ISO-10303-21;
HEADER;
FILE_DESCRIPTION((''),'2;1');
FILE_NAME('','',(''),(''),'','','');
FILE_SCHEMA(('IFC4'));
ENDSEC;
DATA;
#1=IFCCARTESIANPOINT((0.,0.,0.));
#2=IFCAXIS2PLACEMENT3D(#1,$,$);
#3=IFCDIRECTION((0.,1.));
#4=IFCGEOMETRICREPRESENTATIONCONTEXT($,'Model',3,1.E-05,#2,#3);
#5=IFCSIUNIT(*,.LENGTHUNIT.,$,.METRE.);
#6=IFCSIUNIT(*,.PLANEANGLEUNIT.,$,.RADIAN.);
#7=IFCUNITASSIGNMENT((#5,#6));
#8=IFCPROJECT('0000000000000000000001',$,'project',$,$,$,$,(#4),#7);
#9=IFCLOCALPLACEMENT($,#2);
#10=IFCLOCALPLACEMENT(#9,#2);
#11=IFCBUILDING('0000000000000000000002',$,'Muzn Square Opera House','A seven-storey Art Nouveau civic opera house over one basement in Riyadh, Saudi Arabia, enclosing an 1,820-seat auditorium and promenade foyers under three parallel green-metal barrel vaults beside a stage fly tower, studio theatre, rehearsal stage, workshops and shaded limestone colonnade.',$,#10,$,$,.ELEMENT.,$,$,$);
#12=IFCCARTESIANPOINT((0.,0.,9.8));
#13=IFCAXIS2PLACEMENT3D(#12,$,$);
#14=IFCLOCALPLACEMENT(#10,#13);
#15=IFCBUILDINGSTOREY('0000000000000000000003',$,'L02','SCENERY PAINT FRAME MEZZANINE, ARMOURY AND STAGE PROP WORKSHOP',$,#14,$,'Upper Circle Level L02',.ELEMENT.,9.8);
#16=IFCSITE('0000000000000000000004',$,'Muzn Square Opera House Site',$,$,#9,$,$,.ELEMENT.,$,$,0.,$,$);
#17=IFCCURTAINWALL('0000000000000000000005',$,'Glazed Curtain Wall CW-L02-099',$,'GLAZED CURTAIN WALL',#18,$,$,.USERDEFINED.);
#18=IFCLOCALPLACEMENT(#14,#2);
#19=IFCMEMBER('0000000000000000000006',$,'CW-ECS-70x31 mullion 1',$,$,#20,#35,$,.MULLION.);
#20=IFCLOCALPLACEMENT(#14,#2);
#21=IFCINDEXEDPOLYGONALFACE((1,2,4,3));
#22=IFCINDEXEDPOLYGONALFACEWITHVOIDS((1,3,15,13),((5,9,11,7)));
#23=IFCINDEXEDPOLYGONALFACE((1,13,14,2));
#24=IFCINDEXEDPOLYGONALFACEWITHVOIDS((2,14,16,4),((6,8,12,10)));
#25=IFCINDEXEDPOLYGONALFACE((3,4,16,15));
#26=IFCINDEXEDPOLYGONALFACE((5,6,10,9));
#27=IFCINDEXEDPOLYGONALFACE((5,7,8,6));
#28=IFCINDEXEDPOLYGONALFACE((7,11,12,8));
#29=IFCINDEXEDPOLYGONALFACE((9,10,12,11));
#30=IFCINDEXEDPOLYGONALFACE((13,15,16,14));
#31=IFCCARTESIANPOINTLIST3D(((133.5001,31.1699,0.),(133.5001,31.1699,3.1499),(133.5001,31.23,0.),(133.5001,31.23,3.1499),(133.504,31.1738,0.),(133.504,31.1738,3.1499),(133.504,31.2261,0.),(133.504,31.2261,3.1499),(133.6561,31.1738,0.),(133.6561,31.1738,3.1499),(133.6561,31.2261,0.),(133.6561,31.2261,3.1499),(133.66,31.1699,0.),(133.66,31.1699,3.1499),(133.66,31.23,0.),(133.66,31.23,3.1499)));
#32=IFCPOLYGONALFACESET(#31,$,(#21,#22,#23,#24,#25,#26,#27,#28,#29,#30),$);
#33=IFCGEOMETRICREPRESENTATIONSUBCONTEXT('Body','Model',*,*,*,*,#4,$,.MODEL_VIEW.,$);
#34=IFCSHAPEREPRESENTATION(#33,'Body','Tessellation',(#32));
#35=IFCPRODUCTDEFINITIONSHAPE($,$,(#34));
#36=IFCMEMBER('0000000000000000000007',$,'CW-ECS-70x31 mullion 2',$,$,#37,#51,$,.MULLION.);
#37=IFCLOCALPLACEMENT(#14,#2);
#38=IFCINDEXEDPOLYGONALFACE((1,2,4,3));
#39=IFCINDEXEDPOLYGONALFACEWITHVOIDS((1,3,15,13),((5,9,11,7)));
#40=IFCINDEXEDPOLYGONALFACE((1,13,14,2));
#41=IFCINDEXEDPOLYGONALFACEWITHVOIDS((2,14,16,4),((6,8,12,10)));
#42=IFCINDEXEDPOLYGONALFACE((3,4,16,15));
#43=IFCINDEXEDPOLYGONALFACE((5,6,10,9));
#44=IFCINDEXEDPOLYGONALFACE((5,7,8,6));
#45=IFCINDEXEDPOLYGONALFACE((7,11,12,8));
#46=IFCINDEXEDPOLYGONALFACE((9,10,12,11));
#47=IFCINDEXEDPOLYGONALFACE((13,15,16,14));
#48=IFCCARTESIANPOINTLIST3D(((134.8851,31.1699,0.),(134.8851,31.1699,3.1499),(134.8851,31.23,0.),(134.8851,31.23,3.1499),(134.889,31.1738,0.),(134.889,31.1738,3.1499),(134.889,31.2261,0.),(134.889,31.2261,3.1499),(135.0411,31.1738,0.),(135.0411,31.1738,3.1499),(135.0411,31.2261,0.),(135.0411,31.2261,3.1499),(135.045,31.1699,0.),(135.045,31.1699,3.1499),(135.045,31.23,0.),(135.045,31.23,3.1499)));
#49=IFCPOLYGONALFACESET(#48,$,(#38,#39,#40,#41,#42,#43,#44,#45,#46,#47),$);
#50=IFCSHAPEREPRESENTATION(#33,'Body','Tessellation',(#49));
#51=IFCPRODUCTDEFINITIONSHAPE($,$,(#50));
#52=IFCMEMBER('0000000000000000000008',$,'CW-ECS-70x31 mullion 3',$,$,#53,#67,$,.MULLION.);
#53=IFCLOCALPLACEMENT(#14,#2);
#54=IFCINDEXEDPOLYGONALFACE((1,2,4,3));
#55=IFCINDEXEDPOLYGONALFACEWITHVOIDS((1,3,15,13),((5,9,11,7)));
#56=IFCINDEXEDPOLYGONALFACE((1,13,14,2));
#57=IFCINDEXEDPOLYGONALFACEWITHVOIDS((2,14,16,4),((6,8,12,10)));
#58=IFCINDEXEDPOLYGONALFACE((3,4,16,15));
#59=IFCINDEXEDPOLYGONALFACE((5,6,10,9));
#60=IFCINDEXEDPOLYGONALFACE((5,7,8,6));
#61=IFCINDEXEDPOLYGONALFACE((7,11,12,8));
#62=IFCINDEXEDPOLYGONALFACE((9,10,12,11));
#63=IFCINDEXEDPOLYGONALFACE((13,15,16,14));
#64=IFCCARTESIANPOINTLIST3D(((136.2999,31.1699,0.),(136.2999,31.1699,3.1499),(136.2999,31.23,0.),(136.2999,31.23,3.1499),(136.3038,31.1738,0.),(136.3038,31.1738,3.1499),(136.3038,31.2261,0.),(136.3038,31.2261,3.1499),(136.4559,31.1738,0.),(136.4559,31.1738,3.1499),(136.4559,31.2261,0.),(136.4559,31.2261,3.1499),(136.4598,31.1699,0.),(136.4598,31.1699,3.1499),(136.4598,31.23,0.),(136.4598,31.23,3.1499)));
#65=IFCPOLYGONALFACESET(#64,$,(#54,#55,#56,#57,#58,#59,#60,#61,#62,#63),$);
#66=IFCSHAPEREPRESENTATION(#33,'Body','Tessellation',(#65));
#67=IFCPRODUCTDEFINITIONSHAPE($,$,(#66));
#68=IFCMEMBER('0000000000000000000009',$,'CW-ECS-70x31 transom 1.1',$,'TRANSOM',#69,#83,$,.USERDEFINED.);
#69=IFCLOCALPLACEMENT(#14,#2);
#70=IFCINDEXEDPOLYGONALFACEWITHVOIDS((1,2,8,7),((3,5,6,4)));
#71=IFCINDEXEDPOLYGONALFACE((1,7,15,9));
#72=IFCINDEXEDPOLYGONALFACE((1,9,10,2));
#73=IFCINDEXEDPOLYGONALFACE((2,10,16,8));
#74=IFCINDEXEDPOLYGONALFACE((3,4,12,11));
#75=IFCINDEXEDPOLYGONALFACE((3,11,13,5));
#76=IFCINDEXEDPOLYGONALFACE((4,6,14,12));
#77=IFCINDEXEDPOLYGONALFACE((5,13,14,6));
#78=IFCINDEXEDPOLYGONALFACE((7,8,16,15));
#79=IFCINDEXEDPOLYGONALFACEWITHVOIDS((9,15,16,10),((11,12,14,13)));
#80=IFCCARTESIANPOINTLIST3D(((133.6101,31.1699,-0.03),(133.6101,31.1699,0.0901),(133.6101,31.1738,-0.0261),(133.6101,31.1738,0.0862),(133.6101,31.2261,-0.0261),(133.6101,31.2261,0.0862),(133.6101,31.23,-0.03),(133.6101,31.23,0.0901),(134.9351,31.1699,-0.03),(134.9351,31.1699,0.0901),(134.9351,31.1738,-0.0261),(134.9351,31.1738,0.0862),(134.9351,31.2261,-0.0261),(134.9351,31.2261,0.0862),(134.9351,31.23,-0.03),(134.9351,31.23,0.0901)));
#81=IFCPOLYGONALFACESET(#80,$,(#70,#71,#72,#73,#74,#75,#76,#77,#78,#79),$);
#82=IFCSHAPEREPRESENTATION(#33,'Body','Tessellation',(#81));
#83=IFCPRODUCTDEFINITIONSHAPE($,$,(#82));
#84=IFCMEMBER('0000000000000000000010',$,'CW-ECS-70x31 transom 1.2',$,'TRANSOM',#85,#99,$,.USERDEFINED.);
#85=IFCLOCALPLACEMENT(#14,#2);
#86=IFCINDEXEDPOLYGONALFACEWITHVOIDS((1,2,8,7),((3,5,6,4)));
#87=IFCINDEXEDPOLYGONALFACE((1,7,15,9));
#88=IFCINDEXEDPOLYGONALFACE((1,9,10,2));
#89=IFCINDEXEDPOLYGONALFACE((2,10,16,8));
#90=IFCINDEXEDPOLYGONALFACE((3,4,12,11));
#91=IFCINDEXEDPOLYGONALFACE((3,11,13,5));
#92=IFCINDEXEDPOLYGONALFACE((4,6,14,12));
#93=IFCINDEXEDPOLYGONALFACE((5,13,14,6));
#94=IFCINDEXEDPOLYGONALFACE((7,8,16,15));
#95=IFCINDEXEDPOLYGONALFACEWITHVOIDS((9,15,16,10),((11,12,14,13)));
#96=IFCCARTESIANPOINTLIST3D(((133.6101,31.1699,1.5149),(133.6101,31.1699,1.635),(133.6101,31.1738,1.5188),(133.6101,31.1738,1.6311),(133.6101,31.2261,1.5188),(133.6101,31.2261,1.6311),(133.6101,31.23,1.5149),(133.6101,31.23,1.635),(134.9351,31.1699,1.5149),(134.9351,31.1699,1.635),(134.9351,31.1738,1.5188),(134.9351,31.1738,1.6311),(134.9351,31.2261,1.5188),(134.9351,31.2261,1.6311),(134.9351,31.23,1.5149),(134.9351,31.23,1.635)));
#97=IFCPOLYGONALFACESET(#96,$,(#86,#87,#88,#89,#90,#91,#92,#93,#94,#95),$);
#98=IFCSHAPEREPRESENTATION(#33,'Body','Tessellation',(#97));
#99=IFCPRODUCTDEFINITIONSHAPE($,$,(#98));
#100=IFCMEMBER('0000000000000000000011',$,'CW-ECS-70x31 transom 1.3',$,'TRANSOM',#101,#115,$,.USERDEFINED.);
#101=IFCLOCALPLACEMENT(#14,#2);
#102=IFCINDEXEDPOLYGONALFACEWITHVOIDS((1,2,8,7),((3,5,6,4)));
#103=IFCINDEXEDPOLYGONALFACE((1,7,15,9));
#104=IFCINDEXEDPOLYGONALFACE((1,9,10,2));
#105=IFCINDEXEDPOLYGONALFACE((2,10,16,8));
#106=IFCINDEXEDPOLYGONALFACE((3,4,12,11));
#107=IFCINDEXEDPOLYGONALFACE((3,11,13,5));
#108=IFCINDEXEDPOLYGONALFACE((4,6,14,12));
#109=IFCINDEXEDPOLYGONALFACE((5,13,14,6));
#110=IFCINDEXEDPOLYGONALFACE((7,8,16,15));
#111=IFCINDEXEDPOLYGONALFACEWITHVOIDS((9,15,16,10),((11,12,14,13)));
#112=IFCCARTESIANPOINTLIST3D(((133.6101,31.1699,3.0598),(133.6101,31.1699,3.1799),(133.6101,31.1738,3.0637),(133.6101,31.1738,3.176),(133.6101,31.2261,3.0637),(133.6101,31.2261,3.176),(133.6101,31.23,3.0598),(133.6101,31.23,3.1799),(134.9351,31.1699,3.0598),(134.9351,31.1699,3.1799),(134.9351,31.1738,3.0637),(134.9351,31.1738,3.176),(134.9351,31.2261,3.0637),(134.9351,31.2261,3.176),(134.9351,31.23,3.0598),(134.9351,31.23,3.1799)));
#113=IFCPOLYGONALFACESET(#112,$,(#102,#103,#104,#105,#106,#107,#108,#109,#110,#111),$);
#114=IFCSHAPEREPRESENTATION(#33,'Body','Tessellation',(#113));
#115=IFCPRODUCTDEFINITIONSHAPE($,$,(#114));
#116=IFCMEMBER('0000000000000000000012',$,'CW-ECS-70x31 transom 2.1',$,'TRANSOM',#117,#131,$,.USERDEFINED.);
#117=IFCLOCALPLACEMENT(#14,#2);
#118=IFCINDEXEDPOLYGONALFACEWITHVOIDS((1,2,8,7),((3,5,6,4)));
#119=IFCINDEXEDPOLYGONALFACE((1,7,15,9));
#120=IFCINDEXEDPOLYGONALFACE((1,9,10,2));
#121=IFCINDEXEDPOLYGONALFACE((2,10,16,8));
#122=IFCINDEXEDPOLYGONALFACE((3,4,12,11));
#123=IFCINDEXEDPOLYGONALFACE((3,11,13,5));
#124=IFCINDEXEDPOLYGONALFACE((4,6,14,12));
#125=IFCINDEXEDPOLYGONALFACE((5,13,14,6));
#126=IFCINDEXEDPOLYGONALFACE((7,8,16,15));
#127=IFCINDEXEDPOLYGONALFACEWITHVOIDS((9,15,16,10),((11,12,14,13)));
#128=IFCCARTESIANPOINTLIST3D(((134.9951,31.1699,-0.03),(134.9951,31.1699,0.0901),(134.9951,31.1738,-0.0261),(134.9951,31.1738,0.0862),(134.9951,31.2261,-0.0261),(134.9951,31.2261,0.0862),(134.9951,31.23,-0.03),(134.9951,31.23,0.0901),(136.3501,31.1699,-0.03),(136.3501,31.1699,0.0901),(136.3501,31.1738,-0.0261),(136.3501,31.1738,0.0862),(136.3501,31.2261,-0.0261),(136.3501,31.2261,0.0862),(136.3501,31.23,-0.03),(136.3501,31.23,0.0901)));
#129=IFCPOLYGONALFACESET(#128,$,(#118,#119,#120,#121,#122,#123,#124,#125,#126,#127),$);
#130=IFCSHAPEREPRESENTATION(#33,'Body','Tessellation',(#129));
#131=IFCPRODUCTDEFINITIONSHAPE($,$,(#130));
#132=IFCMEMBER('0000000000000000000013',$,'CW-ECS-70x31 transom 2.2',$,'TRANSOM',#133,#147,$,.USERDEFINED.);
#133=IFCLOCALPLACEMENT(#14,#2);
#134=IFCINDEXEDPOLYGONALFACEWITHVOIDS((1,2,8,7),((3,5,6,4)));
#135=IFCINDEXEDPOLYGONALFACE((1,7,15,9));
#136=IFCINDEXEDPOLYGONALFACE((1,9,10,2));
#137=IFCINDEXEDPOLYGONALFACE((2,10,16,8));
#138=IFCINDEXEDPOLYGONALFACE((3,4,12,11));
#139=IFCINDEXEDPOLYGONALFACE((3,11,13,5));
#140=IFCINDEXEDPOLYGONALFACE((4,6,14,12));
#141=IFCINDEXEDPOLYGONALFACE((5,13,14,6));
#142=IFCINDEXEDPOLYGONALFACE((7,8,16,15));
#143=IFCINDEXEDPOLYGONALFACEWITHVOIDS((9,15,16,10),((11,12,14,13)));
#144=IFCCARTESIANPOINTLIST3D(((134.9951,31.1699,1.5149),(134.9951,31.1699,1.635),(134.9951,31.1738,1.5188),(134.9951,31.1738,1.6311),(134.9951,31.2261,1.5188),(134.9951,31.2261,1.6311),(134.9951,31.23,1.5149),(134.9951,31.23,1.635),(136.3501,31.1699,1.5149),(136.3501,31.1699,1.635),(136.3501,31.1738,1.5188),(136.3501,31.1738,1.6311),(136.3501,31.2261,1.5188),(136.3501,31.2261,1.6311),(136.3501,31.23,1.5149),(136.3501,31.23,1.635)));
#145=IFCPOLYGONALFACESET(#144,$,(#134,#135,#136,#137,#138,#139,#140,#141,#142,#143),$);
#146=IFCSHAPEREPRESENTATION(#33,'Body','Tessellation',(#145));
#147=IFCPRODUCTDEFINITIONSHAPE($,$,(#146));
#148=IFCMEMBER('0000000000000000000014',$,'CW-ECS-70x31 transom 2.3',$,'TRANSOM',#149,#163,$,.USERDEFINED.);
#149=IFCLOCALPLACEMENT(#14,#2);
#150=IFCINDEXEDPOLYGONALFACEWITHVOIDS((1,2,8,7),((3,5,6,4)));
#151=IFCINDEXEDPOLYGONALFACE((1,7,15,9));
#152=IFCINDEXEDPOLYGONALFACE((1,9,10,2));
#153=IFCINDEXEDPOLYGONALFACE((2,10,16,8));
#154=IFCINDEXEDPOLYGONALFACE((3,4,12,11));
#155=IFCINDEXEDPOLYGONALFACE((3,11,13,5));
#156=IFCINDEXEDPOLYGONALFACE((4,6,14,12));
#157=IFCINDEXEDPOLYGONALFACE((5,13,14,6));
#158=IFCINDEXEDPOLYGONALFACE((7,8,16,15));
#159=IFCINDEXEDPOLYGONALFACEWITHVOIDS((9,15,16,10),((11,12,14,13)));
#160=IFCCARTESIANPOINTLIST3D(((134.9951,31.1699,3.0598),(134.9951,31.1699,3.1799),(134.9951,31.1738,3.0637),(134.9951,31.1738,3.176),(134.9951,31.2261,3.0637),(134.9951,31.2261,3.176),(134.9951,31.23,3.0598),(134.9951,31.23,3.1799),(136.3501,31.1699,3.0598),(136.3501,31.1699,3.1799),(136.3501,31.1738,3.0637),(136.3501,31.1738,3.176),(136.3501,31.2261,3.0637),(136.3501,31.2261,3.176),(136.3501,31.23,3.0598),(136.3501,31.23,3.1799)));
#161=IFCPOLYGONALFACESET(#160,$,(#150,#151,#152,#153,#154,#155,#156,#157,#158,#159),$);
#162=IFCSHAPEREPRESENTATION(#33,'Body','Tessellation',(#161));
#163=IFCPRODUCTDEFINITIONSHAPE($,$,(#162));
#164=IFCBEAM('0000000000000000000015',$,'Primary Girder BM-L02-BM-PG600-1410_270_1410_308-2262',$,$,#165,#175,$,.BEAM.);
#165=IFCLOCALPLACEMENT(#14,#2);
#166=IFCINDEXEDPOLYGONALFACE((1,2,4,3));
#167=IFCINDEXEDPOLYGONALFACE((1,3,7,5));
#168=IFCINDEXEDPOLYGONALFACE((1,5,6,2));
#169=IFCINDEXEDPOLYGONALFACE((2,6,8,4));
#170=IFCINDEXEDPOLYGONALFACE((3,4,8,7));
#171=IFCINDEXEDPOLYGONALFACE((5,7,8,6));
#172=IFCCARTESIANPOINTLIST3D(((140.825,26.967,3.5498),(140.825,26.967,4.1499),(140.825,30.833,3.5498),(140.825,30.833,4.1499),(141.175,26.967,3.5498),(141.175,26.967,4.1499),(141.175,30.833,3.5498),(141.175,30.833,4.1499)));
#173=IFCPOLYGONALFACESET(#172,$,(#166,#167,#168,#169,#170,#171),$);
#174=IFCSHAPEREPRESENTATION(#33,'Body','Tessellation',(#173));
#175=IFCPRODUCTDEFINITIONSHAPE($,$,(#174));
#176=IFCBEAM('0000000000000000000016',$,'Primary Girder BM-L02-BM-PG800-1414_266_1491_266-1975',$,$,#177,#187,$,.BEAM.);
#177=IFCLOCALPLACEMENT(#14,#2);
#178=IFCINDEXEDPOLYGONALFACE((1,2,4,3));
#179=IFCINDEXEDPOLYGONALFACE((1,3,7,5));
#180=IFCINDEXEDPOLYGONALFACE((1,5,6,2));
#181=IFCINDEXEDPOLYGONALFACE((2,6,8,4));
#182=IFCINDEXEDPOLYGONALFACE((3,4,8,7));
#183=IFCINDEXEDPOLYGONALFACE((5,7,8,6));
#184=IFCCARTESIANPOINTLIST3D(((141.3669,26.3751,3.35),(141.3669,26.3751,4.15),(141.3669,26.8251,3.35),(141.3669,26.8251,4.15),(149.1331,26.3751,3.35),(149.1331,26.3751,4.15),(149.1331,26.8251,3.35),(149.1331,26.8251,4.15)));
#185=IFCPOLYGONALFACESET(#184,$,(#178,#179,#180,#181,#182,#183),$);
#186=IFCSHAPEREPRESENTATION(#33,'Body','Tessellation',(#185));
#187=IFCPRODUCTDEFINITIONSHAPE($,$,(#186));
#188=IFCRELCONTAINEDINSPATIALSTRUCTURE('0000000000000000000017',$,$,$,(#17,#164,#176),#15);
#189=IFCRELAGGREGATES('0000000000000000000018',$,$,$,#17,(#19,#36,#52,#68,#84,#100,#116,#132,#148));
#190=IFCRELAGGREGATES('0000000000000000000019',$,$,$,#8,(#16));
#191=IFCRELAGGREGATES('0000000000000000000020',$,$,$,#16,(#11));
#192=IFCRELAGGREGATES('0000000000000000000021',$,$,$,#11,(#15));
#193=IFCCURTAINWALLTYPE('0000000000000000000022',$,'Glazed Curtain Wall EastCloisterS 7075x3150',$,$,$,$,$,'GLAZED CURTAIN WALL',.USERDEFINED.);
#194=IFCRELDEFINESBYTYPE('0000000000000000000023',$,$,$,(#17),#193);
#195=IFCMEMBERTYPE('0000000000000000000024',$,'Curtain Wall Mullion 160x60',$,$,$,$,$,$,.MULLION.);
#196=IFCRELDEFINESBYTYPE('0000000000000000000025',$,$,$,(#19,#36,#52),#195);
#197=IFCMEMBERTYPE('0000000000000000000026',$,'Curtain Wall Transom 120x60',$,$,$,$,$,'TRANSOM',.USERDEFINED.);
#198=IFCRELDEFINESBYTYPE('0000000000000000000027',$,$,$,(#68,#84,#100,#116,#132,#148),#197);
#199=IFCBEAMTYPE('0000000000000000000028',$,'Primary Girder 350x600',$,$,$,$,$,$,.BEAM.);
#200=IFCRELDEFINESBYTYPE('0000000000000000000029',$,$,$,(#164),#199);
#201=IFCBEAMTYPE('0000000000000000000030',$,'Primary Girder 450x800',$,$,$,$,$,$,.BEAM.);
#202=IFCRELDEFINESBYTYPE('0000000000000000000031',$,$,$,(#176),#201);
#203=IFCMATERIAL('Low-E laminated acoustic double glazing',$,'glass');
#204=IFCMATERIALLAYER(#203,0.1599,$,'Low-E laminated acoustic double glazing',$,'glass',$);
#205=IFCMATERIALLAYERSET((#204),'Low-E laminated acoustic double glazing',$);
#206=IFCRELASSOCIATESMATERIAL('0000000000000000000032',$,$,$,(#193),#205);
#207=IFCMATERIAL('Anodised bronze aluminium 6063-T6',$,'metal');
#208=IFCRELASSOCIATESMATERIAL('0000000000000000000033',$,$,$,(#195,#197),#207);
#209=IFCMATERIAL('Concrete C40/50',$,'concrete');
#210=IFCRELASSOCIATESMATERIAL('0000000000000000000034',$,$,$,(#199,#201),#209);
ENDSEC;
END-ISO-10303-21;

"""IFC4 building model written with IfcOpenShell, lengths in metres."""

from ifc_helpers import new_model, si_unit, direction, frame, origin, origin_2d, place, context, subcontext, project, spatial, rectangle, hollow_rectangle, extrude, material, layer, layer_set, material_profile, profile_set, type_object, element, aggregate, save


model = new_model("IFC4")

# Units and contexts
model_context = context("Model", 3, precision=1e-05, world=origin(), true_north=direction((0.0, 1.0)))
body_context = subcontext(model_context, "Body", "Model", "MODEL_VIEW")
ifc_project = project(units=[si_unit("LENGTHUNIT", "METRE"), si_unit("PLANEANGLEUNIT", "RADIAN")], contexts=[model_context])

# Site, building, storey
site_placement = place(None, origin())
site = spatial("IfcSite", under=ifc_project, at=site_placement, Name="Muzn Square Opera House Site", CompositionType="ELEMENT", RefElevation=0.0)
building_placement = place(site_placement, origin())
building = spatial("IfcBuilding", under=site, at=building_placement, Name="Muzn Square Opera House", Description="A seven-storey Art Nouveau civic opera house over one basement in Riyadh, Saudi Arabia, enclosing an 1,820-seat auditorium and promenade foyers under three parallel green-metal barrel vaults beside a stage fly tower, studio theatre, rehearsal stage, workshops and shaded limestone colonnade.", CompositionType="ELEMENT")
storey_placement = place(building_placement, frame((0.0, 0.0, 9.8)))
storey = spatial("IfcBuildingStorey", under=building, at=storey_placement, Name="L02", Description="SCENERY PAINT FRAME MEZZANINE, ARMOURY AND STAGE PROP WORKSHOP", LongName="Upper Circle Level L02", CompositionType="ELEMENT", Elevation=9.8)

# Curtain wall, members
ifc_material_1 = material(Name="Low-E laminated acoustic double glazing", Category="glass")
ifc_layer_1 = layer(ifc_material_1, 0.1599, Name="Low-E laminated acoustic double glazing", Category="glass")
ifc_layer_set_1 = layer_set([ifc_layer_1], Name="Low-E laminated acoustic double glazing")
curtain_wall_type = type_object("IfcCurtainWallType", Name="Glazed Curtain Wall EastCloisterS 7075x3150", ElementType="GLAZED CURTAIN WALL", PredefinedType="USERDEFINED", material=ifc_layer_set_1)
curtain_wall_placement = place(storey_placement, origin())
curtain_wall = element("IfcCurtainWall", 1, at=curtain_wall_placement, inside=storey, type_object=curtain_wall_type, Name="Glazed Curtain Wall CW-L02-099", ObjectType="GLAZED CURTAIN WALL", PredefinedType="USERDEFINED")
ifc_material_2 = material(Name="Anodised bronze aluminium 6063-T6", Category="metal")
ifc_material_profile_1 = material_profile(ifc_material_2, hollow_rectangle(XDim=0.0601, YDim=0.1599, WallThickness=0.0039, at=origin_2d()), Name="ALU 160x60x4", Category="metal")
ifc_profile_set_1 = profile_set([ifc_material_profile_1], Name="Anodised bronze aluminium 6063-T6")
member_type_1 = type_object("IfcMemberType", Name="Curtain Wall Mullion 160x60", PredefinedType="MULLION", material=ifc_profile_set_1)
member_1_placement = place(storey_placement, frame((133.5801, 31.2, 0.0), z_axis=(0.0, 0.0, 1.0), x_axis=(0.0, 1.0, 0.0)))
member_1 = element("IfcMember", 2, at=member_1_placement, type_object=member_type_1, Name="CW-ECS-70x31 mullion 1", PredefinedType="MULLION", context=body_context, shape_type="SweptSolid", body=[
    extrude(hollow_rectangle(XDim=0.0601, YDim=0.1599, WallThickness=0.0039, at=origin_2d()), origin(), (0.0, 0.0, 1.0), 3.1499),
])
member_2_placement = place(storey_placement, frame((134.9651, 31.2, 0.0), z_axis=(0.0, 0.0, 1.0), x_axis=(0.0, 1.0, 0.0)))
member_2 = element("IfcMember", 3, at=member_2_placement, type_object=member_type_1, Name="CW-ECS-70x31 mullion 2", PredefinedType="MULLION", context=body_context, shape_type="SweptSolid", body=[
    extrude(hollow_rectangle(XDim=0.0601, YDim=0.1599, WallThickness=0.0039, at=origin_2d()), origin(), (0.0, 0.0, 1.0), 3.1499),
])
member_3_placement = place(storey_placement, frame((136.3799, 31.2, 0.0), z_axis=(0.0, 0.0, 1.0), x_axis=(0.0, 1.0, 0.0)))
member_3 = element("IfcMember", 4, at=member_3_placement, type_object=member_type_1, Name="CW-ECS-70x31 mullion 3", PredefinedType="MULLION", context=body_context, shape_type="SweptSolid", body=[
    extrude(hollow_rectangle(XDim=0.0601, YDim=0.1599, WallThickness=0.0039, at=origin_2d()), origin(), (0.0, 0.0, 1.0), 3.1499),
])
ifc_material_profile_2 = material_profile(ifc_material_2, hollow_rectangle(XDim=0.0601, YDim=0.1201, WallThickness=0.0039, at=origin_2d()), Name="ALU 120x60x4", Category="metal")
ifc_profile_set_2 = profile_set([ifc_material_profile_2], Name="Anodised bronze aluminium 6063-T6")
member_type_2 = type_object("IfcMemberType", Name="Curtain Wall Transom 120x60", ElementType="TRANSOM", PredefinedType="USERDEFINED", material=ifc_profile_set_2)
member_4_placement = place(storey_placement, frame((133.6101, 31.2, 0.03), z_axis=(1.0, 0.0, 0.0), x_axis=(0.0, 1.0, 0.0)))
member_4 = element("IfcMember", 5, at=member_4_placement, type_object=member_type_2, Name="CW-ECS-70x31 transom 1.1", ObjectType="TRANSOM", PredefinedType="USERDEFINED", context=body_context, shape_type="SweptSolid", body=[
    extrude(hollow_rectangle(XDim=0.0601, YDim=0.1201, WallThickness=0.0039, at=origin_2d()), origin(), (0.0, 0.0, 1.0), 1.325),
])
member_5_placement = place(storey_placement, frame((133.6101, 31.2, 1.575), z_axis=(1.0, 0.0, 0.0), x_axis=(0.0, 1.0, 0.0)))
member_5 = element("IfcMember", 6, at=member_5_placement, type_object=member_type_2, Name="CW-ECS-70x31 transom 1.2", ObjectType="TRANSOM", PredefinedType="USERDEFINED", context=body_context, shape_type="SweptSolid", body=[
    extrude(hollow_rectangle(XDim=0.0601, YDim=0.1201, WallThickness=0.0039, at=origin_2d()), origin(), (0.0, 0.0, 1.0), 1.325),
])
member_6_placement = place(storey_placement, frame((133.6101, 31.2, 3.1199), z_axis=(1.0, 0.0, 0.0), x_axis=(0.0, 1.0, 0.0)))
member_6 = element("IfcMember", 7, at=member_6_placement, type_object=member_type_2, Name="CW-ECS-70x31 transom 1.3", ObjectType="TRANSOM", PredefinedType="USERDEFINED", context=body_context, shape_type="SweptSolid", body=[
    extrude(hollow_rectangle(XDim=0.0601, YDim=0.1201, WallThickness=0.0039, at=origin_2d()), origin(), (0.0, 0.0, 1.0), 1.325),
])
member_7_placement = place(storey_placement, frame((134.9951, 31.2, 0.03), z_axis=(1.0, 0.0, 0.0), x_axis=(0.0, 1.0, 0.0)))
member_7 = element("IfcMember", 8, at=member_7_placement, type_object=member_type_2, Name="CW-ECS-70x31 transom 2.1", ObjectType="TRANSOM", PredefinedType="USERDEFINED", context=body_context, shape_type="SweptSolid", body=[
    extrude(hollow_rectangle(XDim=0.0601, YDim=0.1201, WallThickness=0.0039, at=origin_2d()), origin(), (0.0, 0.0, 1.0), 1.355),
])
member_8_placement = place(storey_placement, frame((134.9951, 31.2, 1.575), z_axis=(1.0, 0.0, 0.0), x_axis=(0.0, 1.0, 0.0)))
member_8 = element("IfcMember", 9, at=member_8_placement, type_object=member_type_2, Name="CW-ECS-70x31 transom 2.2", ObjectType="TRANSOM", PredefinedType="USERDEFINED", context=body_context, shape_type="SweptSolid", body=[
    extrude(hollow_rectangle(XDim=0.0601, YDim=0.1201, WallThickness=0.0039, at=origin_2d()), origin(), (0.0, 0.0, 1.0), 1.355),
])
member_9_placement = place(storey_placement, frame((134.9951, 31.2, 3.1199), z_axis=(1.0, 0.0, 0.0), x_axis=(0.0, 1.0, 0.0)))
member_9 = element("IfcMember", 10, at=member_9_placement, type_object=member_type_2, Name="CW-ECS-70x31 transom 2.3", ObjectType="TRANSOM", PredefinedType="USERDEFINED", context=body_context, shape_type="SweptSolid", body=[
    extrude(hollow_rectangle(XDim=0.0601, YDim=0.1201, WallThickness=0.0039, at=origin_2d()), origin(), (0.0, 0.0, 1.0), 1.355),
])

# Beams
ifc_material_3 = material(Name="Concrete C40/50", Category="concrete")
ifc_material_profile_3 = material_profile(ifc_material_3, rectangle(XDim=0.3501, YDim=0.6001, at=origin_2d()), Name="RCB 350x600", Category="concrete")
ifc_profile_set_3 = profile_set([ifc_material_profile_3], Name="Concrete C40/50")
beam_type_1 = type_object("IfcBeamType", Name="Primary Girder 350x600", PredefinedType="BEAM", material=ifc_profile_set_3)
beam_1_placement = place(storey_placement, frame((141.0, 26.967, 3.8499), z_axis=(0.0, 1.0, 0.0), x_axis=(-1.0, 0.0, 0.0)))
element("IfcBeam", 11, at=beam_1_placement, inside=storey, type_object=beam_type_1, Name="Primary Girder BM-L02-BM-PG600-1410_270_1410_308-2262", PredefinedType="BEAM", context=body_context, shape_type="SweptSolid", body=[
    extrude(rectangle(XDim=0.3501, YDim=0.6001, at=origin_2d()), origin(), (0.0, 0.0, 1.0), 3.866),
])
ifc_material_profile_4 = material_profile(ifc_material_3, rectangle(XDim=0.45, YDim=0.8, at=origin_2d()), Name="RCB 450x800", Category="concrete")
ifc_profile_set_4 = profile_set([ifc_material_profile_4], Name="Concrete C40/50")
beam_type_2 = type_object("IfcBeamType", Name="Primary Girder 450x800", PredefinedType="BEAM", material=ifc_profile_set_4)
beam_2_placement = place(storey_placement, frame((141.3669, 26.6001, 3.75), z_axis=(1.0, 0.0, 0.0), x_axis=(0.0, 1.0, 0.0)))
element("IfcBeam", 12, at=beam_2_placement, inside=storey, type_object=beam_type_2, Name="Primary Girder BM-L02-BM-PG800-1414_266_1491_266-1975", PredefinedType="BEAM", context=body_context, shape_type="SweptSolid", body=[
    extrude(rectangle(XDim=0.45, YDim=0.8, at=origin_2d()), origin(), (0.0, 0.0, 1.0), 7.7661),
])

aggregate(curtain_wall, [member_1, member_2, member_3, member_4, member_5, member_6, member_7, member_8, member_9])

save(model, "model.ifc")
